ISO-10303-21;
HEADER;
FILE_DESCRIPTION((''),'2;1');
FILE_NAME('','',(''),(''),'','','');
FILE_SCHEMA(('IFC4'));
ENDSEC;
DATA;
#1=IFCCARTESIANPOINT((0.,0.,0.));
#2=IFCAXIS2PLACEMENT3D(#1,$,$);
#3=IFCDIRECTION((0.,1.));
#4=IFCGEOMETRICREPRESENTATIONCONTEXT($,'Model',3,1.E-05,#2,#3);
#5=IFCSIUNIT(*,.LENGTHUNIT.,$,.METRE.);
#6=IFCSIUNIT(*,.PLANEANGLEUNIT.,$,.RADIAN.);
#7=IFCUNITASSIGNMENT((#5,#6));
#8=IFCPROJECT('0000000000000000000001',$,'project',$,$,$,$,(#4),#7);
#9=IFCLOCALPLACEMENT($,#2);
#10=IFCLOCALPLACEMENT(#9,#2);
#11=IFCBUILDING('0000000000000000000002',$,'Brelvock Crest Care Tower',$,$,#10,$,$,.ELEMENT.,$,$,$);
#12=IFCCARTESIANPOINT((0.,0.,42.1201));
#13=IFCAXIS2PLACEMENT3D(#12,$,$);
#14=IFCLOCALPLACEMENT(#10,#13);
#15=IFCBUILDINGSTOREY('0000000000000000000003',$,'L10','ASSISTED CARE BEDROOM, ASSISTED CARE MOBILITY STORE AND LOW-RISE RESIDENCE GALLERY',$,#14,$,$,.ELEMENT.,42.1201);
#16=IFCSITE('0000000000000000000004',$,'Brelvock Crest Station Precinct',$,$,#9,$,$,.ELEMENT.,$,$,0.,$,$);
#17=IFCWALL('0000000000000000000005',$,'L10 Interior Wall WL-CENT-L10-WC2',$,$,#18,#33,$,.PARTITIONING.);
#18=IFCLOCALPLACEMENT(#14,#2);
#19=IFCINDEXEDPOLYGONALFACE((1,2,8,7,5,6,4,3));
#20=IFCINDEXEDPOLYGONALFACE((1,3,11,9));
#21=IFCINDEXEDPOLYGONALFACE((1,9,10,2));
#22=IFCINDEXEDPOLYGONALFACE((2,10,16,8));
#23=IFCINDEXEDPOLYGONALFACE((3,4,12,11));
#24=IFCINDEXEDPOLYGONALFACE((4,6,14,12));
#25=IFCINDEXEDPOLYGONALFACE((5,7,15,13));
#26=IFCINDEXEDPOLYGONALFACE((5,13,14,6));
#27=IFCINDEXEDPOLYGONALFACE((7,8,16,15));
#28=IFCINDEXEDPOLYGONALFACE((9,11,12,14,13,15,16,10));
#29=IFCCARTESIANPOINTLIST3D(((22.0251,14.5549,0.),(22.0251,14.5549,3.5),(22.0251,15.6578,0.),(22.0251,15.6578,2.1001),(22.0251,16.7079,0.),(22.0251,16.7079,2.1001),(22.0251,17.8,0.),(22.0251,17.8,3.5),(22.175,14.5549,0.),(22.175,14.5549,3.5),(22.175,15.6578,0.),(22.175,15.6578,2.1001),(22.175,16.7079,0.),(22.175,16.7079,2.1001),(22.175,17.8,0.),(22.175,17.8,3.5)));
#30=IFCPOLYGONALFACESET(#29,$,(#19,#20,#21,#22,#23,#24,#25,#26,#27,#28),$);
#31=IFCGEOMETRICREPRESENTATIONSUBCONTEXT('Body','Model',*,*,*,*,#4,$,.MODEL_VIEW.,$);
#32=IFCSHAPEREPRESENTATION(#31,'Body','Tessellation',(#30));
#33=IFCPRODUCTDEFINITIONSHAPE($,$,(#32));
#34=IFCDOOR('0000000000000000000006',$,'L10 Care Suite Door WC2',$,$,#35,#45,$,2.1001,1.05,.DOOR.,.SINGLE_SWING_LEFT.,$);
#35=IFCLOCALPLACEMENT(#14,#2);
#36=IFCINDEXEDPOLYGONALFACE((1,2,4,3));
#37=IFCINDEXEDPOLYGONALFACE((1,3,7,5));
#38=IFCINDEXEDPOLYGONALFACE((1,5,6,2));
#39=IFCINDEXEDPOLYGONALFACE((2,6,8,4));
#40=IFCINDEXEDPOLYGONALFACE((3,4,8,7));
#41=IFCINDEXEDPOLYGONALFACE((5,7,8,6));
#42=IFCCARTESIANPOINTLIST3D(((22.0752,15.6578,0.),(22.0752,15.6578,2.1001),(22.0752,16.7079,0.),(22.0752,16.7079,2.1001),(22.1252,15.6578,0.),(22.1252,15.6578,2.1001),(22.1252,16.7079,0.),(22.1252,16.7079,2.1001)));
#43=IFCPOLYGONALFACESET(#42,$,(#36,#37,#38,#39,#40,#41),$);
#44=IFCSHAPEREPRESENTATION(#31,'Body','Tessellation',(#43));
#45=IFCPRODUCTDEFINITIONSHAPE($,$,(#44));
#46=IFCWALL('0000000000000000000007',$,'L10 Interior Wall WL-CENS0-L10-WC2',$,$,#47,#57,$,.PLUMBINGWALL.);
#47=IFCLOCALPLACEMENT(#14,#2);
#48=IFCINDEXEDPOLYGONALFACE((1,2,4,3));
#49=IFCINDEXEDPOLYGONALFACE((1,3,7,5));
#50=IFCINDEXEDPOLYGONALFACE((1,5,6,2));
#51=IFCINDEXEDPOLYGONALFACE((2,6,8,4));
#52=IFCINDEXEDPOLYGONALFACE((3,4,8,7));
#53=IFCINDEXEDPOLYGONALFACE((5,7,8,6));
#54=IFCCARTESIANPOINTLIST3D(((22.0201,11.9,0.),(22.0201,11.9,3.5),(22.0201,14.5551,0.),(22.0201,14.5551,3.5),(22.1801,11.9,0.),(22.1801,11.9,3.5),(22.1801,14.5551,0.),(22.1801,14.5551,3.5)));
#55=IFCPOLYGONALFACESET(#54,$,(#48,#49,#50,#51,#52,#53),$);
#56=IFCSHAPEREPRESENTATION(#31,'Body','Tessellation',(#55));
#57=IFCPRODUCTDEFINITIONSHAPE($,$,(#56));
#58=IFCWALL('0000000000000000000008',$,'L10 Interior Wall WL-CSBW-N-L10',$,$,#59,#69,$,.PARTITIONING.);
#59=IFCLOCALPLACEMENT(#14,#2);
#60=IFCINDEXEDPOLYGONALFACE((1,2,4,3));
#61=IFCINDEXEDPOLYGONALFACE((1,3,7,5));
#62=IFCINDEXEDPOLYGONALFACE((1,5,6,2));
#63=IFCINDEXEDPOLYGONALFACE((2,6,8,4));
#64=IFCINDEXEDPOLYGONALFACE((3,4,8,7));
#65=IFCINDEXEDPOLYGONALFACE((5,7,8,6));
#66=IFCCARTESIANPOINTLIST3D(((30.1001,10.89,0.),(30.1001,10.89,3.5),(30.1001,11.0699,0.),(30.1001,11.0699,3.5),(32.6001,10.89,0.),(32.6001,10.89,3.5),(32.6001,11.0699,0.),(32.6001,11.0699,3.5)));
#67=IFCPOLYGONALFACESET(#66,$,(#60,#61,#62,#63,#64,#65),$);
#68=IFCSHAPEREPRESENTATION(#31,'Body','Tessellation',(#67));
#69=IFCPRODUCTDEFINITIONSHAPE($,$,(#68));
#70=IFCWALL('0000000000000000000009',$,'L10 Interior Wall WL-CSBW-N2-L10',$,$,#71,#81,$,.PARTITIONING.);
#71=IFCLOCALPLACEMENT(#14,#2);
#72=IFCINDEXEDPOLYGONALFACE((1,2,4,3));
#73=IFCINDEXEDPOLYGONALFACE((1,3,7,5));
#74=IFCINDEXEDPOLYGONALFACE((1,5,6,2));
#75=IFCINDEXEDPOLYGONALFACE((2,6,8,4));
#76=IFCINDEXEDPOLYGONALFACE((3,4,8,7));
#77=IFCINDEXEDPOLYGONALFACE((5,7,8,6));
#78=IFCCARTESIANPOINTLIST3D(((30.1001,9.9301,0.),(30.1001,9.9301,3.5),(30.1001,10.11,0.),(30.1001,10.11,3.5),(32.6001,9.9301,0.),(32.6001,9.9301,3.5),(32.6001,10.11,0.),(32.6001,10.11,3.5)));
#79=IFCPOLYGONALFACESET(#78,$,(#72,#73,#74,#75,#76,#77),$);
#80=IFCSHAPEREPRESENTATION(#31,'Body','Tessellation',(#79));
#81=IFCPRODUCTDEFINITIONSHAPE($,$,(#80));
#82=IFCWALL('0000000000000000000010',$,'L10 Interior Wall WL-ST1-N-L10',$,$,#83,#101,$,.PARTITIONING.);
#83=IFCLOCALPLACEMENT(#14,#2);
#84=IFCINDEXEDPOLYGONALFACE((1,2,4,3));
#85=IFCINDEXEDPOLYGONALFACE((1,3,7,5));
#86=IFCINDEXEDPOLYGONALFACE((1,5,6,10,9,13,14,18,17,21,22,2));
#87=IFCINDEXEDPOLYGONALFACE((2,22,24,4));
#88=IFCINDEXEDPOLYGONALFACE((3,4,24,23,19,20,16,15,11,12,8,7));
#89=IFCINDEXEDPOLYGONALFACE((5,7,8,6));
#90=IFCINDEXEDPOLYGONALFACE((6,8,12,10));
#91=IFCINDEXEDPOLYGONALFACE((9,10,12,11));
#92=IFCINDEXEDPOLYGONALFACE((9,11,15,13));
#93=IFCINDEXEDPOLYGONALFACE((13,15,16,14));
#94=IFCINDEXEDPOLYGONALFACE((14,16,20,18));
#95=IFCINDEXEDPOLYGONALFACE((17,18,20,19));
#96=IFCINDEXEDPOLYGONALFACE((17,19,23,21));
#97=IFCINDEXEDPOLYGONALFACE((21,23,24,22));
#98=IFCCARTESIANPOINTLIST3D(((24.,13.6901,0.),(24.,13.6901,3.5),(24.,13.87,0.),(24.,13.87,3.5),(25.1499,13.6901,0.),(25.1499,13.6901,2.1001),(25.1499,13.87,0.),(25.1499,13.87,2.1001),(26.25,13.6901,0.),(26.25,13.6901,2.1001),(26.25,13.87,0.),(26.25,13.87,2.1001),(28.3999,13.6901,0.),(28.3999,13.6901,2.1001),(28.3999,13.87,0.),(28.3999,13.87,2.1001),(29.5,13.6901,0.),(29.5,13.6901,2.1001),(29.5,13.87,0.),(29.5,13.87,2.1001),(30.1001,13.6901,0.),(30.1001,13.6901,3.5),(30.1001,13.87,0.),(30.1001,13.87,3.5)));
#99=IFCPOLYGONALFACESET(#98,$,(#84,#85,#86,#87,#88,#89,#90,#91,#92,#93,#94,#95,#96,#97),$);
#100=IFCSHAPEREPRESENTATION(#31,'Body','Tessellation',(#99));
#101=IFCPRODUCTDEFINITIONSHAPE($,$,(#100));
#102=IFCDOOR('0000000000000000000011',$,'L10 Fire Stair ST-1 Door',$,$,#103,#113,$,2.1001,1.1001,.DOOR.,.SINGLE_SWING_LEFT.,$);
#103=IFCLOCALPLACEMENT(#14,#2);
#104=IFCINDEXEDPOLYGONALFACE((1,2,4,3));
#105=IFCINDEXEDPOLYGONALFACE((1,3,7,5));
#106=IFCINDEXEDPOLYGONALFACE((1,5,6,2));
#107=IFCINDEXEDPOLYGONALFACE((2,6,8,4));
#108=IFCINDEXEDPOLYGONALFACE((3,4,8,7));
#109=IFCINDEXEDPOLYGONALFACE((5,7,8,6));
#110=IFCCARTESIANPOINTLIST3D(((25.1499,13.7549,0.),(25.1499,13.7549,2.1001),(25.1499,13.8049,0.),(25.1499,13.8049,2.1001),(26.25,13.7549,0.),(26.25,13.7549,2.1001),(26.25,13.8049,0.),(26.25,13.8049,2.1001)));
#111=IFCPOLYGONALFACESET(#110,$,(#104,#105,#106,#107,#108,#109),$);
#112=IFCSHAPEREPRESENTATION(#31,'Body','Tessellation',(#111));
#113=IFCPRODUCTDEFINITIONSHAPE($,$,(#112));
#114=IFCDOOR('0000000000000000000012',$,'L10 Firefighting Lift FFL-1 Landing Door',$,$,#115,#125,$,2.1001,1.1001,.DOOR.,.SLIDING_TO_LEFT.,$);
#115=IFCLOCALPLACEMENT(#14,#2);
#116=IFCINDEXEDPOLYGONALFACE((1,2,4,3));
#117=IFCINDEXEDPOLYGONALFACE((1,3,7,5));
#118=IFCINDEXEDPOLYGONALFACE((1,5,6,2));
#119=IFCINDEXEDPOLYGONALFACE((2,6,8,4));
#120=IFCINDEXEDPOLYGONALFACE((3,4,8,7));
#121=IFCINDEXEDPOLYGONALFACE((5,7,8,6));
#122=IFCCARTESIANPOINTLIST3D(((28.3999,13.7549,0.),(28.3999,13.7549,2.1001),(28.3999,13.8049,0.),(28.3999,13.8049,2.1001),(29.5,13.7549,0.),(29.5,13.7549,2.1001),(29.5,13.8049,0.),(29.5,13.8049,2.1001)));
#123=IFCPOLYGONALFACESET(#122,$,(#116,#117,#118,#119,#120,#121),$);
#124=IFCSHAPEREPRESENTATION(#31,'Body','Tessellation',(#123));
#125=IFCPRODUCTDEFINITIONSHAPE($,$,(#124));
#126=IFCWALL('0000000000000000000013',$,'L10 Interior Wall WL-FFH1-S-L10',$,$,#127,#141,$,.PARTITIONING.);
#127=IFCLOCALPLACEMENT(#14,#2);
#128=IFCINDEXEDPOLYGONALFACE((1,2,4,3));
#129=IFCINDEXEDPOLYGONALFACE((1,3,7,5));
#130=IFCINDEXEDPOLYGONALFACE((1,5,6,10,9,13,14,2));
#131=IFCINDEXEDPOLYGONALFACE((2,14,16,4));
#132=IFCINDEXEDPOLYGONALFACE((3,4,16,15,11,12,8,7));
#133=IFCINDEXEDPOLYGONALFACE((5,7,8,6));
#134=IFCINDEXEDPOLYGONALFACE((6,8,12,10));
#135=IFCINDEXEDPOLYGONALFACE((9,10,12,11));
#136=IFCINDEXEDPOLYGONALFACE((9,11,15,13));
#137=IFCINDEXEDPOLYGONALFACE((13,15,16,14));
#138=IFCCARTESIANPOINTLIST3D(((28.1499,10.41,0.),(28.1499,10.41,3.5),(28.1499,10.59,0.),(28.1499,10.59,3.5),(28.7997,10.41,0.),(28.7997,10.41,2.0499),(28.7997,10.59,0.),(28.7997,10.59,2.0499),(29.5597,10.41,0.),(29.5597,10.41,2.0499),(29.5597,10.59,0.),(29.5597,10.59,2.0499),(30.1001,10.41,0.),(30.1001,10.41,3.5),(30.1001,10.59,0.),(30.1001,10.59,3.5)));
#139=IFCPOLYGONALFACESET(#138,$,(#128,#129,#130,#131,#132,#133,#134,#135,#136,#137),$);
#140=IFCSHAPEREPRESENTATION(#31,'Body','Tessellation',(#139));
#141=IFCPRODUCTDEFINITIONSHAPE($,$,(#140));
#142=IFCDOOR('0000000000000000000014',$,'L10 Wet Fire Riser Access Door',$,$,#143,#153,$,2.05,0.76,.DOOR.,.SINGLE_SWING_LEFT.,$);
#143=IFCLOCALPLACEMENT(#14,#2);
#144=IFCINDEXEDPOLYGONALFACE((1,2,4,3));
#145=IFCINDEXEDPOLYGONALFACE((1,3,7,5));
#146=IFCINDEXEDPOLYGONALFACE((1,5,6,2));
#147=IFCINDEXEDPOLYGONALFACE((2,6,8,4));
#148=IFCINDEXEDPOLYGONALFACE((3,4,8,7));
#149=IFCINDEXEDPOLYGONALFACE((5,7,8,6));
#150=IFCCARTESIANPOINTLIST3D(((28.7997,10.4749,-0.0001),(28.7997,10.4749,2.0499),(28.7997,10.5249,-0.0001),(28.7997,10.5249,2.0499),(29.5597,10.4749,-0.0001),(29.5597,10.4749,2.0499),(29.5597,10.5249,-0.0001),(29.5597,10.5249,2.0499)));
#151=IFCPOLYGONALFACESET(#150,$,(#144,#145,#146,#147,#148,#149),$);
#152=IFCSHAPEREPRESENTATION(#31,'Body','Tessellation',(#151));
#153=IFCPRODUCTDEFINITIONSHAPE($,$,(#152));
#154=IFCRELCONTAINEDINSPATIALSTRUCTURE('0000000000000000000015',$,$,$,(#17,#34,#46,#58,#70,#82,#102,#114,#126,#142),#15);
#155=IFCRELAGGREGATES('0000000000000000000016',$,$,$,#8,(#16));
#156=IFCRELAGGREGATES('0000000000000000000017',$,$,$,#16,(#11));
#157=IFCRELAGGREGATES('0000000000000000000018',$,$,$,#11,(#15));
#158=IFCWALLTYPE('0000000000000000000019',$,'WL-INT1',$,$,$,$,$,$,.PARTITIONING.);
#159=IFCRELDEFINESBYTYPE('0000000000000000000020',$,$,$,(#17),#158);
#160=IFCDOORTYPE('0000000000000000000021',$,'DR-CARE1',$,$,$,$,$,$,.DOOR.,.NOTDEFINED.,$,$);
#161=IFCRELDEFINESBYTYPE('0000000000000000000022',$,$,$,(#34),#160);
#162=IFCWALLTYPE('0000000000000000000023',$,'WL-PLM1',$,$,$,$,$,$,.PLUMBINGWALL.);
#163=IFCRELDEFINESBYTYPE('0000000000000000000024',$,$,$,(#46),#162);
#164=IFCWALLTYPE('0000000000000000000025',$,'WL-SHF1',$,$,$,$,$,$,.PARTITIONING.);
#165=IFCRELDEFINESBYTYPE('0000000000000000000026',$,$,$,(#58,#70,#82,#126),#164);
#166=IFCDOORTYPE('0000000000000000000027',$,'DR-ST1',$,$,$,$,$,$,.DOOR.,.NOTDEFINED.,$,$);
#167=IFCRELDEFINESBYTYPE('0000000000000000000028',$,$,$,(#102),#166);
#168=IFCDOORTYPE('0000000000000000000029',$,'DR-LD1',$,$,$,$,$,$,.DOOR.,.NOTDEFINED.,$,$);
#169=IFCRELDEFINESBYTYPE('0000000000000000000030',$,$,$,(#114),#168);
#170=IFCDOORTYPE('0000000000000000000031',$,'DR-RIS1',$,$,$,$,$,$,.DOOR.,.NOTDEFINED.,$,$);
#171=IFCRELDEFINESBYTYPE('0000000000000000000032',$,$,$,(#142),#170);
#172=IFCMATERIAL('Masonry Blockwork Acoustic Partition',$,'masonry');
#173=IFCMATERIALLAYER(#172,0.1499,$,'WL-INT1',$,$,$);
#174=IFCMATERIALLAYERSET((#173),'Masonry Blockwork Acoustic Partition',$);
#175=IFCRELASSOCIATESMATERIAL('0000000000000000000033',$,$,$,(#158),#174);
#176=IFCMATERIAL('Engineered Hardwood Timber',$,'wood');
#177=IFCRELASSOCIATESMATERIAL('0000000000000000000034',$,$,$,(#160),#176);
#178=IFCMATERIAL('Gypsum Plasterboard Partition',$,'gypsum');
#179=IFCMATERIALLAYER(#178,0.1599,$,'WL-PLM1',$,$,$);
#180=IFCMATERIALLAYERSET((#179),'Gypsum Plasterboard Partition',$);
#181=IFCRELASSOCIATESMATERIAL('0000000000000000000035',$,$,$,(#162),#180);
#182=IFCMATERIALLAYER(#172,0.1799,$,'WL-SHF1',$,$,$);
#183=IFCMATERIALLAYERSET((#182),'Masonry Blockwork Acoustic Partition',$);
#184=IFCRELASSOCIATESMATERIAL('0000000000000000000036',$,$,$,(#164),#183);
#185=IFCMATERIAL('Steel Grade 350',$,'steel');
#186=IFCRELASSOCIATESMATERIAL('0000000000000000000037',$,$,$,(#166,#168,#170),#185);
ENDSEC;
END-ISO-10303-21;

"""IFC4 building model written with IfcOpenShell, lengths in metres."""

from ifc_helpers import new_model, si_unit, direction, frame, frame_2d, origin, origin_2d, place, context, subcontext, project, spatial, rectangle, extrude, source, transform, mapped, material, layer, layer_set, type_object, element, fill, save


model = new_model("IFC4")

# Units and contexts
model_context = context("Model", 3, precision=1e-05, world=origin(), true_north=direction((0.0, 1.0)))
body_context = subcontext(model_context, "Body", "Model", "MODEL_VIEW")
ifc_project = project(units=[si_unit("LENGTHUNIT", "METRE"), si_unit("PLANEANGLEUNIT", "RADIAN")], contexts=[model_context])

# Site, building, storey
site_placement = place(None, origin())
site = spatial("IfcSite", under=ifc_project, at=site_placement, Name="Brelvock Crest Station Precinct", CompositionType="ELEMENT", RefElevation=0.0)
building_placement = place(site_placement, origin())
building = spatial("IfcBuilding", under=site, at=building_placement, Name="Brelvock Crest Care Tower", CompositionType="ELEMENT")
storey_placement = place(building_placement, frame((0.0, 0.0, 42.1201)))
storey = spatial("IfcBuildingStorey", under=building, at=storey_placement, Name="L10", Description="ASSISTED CARE BEDROOM, ASSISTED CARE MOBILITY STORE AND LOW-RISE RESIDENCE GALLERY", CompositionType="ELEMENT", Elevation=42.1201)

# Wall, opening, door
ifc_material_1 = material(Name="Masonry Blockwork Acoustic Partition", Category="masonry")
ifc_layer_1 = layer(ifc_material_1, 0.1499, Name="WL-INT1")
ifc_layer_set_1 = layer_set([ifc_layer_1], Name="Masonry Blockwork Acoustic Partition")
wall_type_1 = type_object("IfcWallType", Name="WL-INT1", PredefinedType="PARTITIONING", material=ifc_layer_set_1)
wall_1_placement = place(storey_placement, frame((22.1001, 14.5549, 0.0), z_axis=(0.0, 0.0, 1.0), x_axis=(0.0, 1.0, 0.0)))
wall_1 = element("IfcWall", 1, at=wall_1_placement, inside=storey, type_object=wall_type_1, Name="L10 Interior Wall WL-CENT-L10-WC2", PredefinedType="PARTITIONING", context=body_context, shape_type="SweptSolid", body=[
    extrude(rectangle(XDim=3.2451, YDim=0.1499, at=frame_2d((1.6226, 0.0))), origin(), (0.0, 0.0, 1.0), 3.5),
])
opening_1_placement = place(wall_1_placement, frame((1.103, 0.0, 0.0)))
opening_1 = element("IfcOpeningElement", 2, at=opening_1_placement, cuts=wall_1, PredefinedType="OPENING", context=body_context, shape_type="SweptSolid", body=[
    extrude(rectangle(XDim=1.05, YDim=2.1001, at=origin_2d()), frame((0.5249, 0.085, 1.05), z_axis=(0.0, -1.0, 0.0), x_axis=(1.0, 0.0, 0.0)), (0.0, 0.0, 1.0), 0.1699),
])
ifc_material_2 = material(Name="Engineered Hardwood Timber", Category="wood")
door_type_1 = type_object("IfcDoorType", Name="DR-CARE1", OperationType="NOTDEFINED", PredefinedType="DOOR", material=ifc_material_2)
shared_shape_1 = source(origin(), body_context, "Body", "SweptSolid", [
    extrude(rectangle(XDim=1.05, YDim=2.1001, at=origin_2d()), frame((0.5249, 0.0249, 1.05), z_axis=(0.0, -1.0, 0.0), x_axis=(1.0, 0.0, 0.0)), (0.0, 0.0, 1.0), 0.05),
])
door_1_placement = place(opening_1_placement, origin())
door_1 = element("IfcDoor", 3, at=door_1_placement, inside=storey, type_object=door_type_1, Name="L10 Care Suite Door WC2", OperationType="SINGLE_SWING_LEFT", OverallHeight=2.1001, OverallWidth=1.05, PredefinedType="DOOR", context=body_context, shape_type="MappedRepresentation", body=[
    mapped(shared_shape_1, transform((0.0, 0.0, 0.0), x_axis=(1.0, 0.0, 0.0), y_axis=(0.0, 1.0, 0.0), z_axis=(0.0, 0.0, 1.0), scale=1.0)),
])
fill(opening_1, door_1)

# Walls
ifc_material_3 = material(Name="Gypsum Plasterboard Partition", Category="gypsum")
ifc_layer_2 = layer(ifc_material_3, 0.1599, Name="WL-PLM1")
ifc_layer_set_2 = layer_set([ifc_layer_2], Name="Gypsum Plasterboard Partition")
wall_type_2 = type_object("IfcWallType", Name="WL-PLM1", PredefinedType="PLUMBINGWALL", material=ifc_layer_set_2)
wall_2_placement = place(storey_placement, frame((22.1001, 11.8999, 0.0), z_axis=(0.0, 0.0, 1.0), x_axis=(0.0, 1.0, 0.0)))
element("IfcWall", 4, at=wall_2_placement, inside=storey, type_object=wall_type_2, Name="L10 Interior Wall WL-CENS0-L10-WC2", PredefinedType="PLUMBINGWALL", context=body_context, shape_type="SweptSolid", body=[
    extrude(rectangle(XDim=2.655, YDim=0.1599, at=frame_2d((1.3276, 0.0))), origin(), (0.0, 0.0, 1.0), 3.5),
])
ifc_layer_3 = layer(ifc_material_1, 0.1799, Name="WL-SHF1")
ifc_layer_set_3 = layer_set([ifc_layer_3], Name="Masonry Blockwork Acoustic Partition")
wall_type_3 = type_object("IfcWallType", Name="WL-SHF1", PredefinedType="PARTITIONING", material=ifc_layer_set_3)
for number, where, z_axis, x_axis, name in (
    (5, (30.1001, 10.98, 0.0), (0.0, 0.0, 1.0), (1.0, 0.0, 0.0), "L10 Interior Wall WL-CSBW-N-L10"),
    (6, (30.1001, 10.02, 0.0), (0.0, 0.0, 1.0), (1.0, 0.0, 0.0), "L10 Interior Wall WL-CSBW-N2-L10"),
):
    element("IfcWall", number, at=place(storey_placement, frame(where, z_axis=z_axis, x_axis=x_axis)), inside=storey, type_object=wall_type_3, Name=name, PredefinedType="PARTITIONING", context=body_context, shape_type="SweptSolid", body=[
        extrude(rectangle(XDim=2.5, YDim=0.1799, at=frame_2d((1.25, 0.0))), origin(), (0.0, 0.0, 1.0), 3.5),
    ])

# Wall, openings, doors
wall_3_placement = place(storey_placement, frame((24.0, 13.78, 0.0), z_axis=(0.0, 0.0, 1.0), x_axis=(1.0, 0.0, 0.0)))
wall_3 = element("IfcWall", 7, at=wall_3_placement, inside=storey, type_object=wall_type_3, Name="L10 Interior Wall WL-ST1-N-L10", PredefinedType="PARTITIONING", context=body_context, shape_type="SweptSolid", body=[
    extrude(rectangle(XDim=6.1001, YDim=0.1799, at=frame_2d((3.05, 0.0))), origin(), (0.0, 0.0, 1.0), 3.5),
])
opening_2_placement = place(wall_3_placement, frame((1.1499, 0.0, 0.0)))
opening_2 = element("IfcOpeningElement", 8, at=opening_2_placement, cuts=wall_3, PredefinedType="OPENING", context=body_context, shape_type="SweptSolid", body=[
    extrude(rectangle(XDim=1.1001, YDim=2.1001, at=origin_2d()), frame((0.55, 0.1001, 1.05), z_axis=(0.0, -1.0, 0.0), x_axis=(1.0, 0.0, 0.0)), (0.0, 0.0, 1.0), 0.2),
])
opening_3_placement = place(wall_3_placement, frame((4.3999, 0.0, 0.0)))
opening_3 = element("IfcOpeningElement", 9, at=opening_3_placement, cuts=wall_3, PredefinedType="OPENING", context=body_context, shape_type="SweptSolid", body=[
    extrude(rectangle(XDim=1.1001, YDim=2.1001, at=origin_2d()), frame((0.55, 0.1001, 1.05), z_axis=(0.0, -1.0, 0.0), x_axis=(1.0, 0.0, 0.0)), (0.0, 0.0, 1.0), 0.2),
])
ifc_material_4 = material(Name="Steel Grade 350", Category="steel")
door_type_2 = type_object("IfcDoorType", Name="DR-ST1", OperationType="NOTDEFINED", PredefinedType="DOOR", material=ifc_material_4)
shared_shape_2 = source(origin(), body_context, "Body", "SweptSolid", [
    extrude(rectangle(XDim=1.1001, YDim=2.1001, at=origin_2d()), frame((0.55, 0.0249, 1.05), z_axis=(0.0, -1.0, 0.0), x_axis=(1.0, 0.0, 0.0)), (0.0, 0.0, 1.0), 0.05),
])
door_2_placement = place(opening_2_placement, origin())
door_2 = element("IfcDoor", 10, at=door_2_placement, inside=storey, type_object=door_type_2, Name="L10 Fire Stair ST-1 Door", OperationType="SINGLE_SWING_LEFT", OverallHeight=2.1001, OverallWidth=1.1001, PredefinedType="DOOR", context=body_context, shape_type="MappedRepresentation", body=[
    mapped(shared_shape_2, transform((0.0, 0.0, 0.0), x_axis=(1.0, 0.0, 0.0), y_axis=(0.0, 1.0, 0.0), z_axis=(0.0, 0.0, 1.0), scale=1.0)),
])
fill(opening_2, door_2)
door_type_3 = type_object("IfcDoorType", Name="DR-LD1", OperationType="NOTDEFINED", PredefinedType="DOOR", material=ifc_material_4)
shared_shape_3 = source(origin(), body_context, "Body", "SweptSolid", [
    extrude(rectangle(XDim=1.1001, YDim=2.1001, at=origin_2d()), frame((0.55, 0.0249, 1.05), z_axis=(0.0, -1.0, 0.0), x_axis=(1.0, 0.0, 0.0)), (0.0, 0.0, 1.0), 0.05),
])
door_3_placement = place(opening_3_placement, origin())
door_3 = element("IfcDoor", 11, at=door_3_placement, inside=storey, type_object=door_type_3, Name="L10 Firefighting Lift FFL-1 Landing Door", OperationType="SLIDING_TO_LEFT", OverallHeight=2.1001, OverallWidth=1.1001, PredefinedType="DOOR", context=body_context, shape_type="MappedRepresentation", body=[
    mapped(shared_shape_3, transform((0.0, 0.0, 0.0), x_axis=(1.0, 0.0, 0.0), y_axis=(0.0, 1.0, 0.0), z_axis=(0.0, 0.0, 1.0), scale=1.0)),
])
fill(opening_3, door_3)

# Wall, opening, door
wall_4_placement = place(storey_placement, frame((28.1499, 10.5, 0.0), z_axis=(0.0, 0.0, 1.0), x_axis=(1.0, 0.0, 0.0)))
wall_4 = element("IfcWall", 12, at=wall_4_placement, inside=storey, type_object=wall_type_3, Name="L10 Interior Wall WL-FFH1-S-L10", PredefinedType="PARTITIONING", context=body_context, shape_type="SweptSolid", body=[
    extrude(rectangle(XDim=1.9502, YDim=0.1799, at=frame_2d((0.9751, 0.0))), origin(), (0.0, 0.0, 1.0), 3.5),
])
opening_4_placement = place(wall_4_placement, frame((0.6499, 0.0, 0.0)))
opening_4 = element("IfcOpeningElement", 13, at=opening_4_placement, cuts=wall_4, PredefinedType="OPENING", context=body_context, shape_type="SweptSolid", body=[
    extrude(rectangle(XDim=0.76, YDim=2.05, at=origin_2d()), frame((0.3799, 0.1001, 1.0249), z_axis=(0.0, -1.0, 0.0), x_axis=(1.0, 0.0, 0.0)), (0.0, 0.0, 1.0), 0.2),
])
door_type_4 = type_object("IfcDoorType", Name="DR-RIS1", OperationType="NOTDEFINED", PredefinedType="DOOR", material=ifc_material_4)
shared_shape_4 = source(origin(), body_context, "Body", "SweptSolid", [
    extrude(rectangle(XDim=0.76, YDim=2.05, at=origin_2d()), frame((0.3799, 0.0249, 1.0249), z_axis=(0.0, -1.0, 0.0), x_axis=(1.0, 0.0, 0.0)), (0.0, 0.0, 1.0), 0.05),
])
door_4_placement = place(opening_4_placement, origin())
door_4 = element("IfcDoor", 14, at=door_4_placement, inside=storey, type_object=door_type_4, Name="L10 Wet Fire Riser Access Door", OperationType="SINGLE_SWING_LEFT", OverallHeight=2.05, OverallWidth=0.76, PredefinedType="DOOR", context=body_context, shape_type="MappedRepresentation", body=[
    mapped(shared_shape_4, transform((0.0, 0.0, 0.0), x_axis=(1.0, 0.0, 0.0), y_axis=(0.0, 1.0, 0.0), z_axis=(0.0, 0.0, 1.0), scale=1.0)),
])
fill(opening_4, door_4)

save(model, "model.ifc")
